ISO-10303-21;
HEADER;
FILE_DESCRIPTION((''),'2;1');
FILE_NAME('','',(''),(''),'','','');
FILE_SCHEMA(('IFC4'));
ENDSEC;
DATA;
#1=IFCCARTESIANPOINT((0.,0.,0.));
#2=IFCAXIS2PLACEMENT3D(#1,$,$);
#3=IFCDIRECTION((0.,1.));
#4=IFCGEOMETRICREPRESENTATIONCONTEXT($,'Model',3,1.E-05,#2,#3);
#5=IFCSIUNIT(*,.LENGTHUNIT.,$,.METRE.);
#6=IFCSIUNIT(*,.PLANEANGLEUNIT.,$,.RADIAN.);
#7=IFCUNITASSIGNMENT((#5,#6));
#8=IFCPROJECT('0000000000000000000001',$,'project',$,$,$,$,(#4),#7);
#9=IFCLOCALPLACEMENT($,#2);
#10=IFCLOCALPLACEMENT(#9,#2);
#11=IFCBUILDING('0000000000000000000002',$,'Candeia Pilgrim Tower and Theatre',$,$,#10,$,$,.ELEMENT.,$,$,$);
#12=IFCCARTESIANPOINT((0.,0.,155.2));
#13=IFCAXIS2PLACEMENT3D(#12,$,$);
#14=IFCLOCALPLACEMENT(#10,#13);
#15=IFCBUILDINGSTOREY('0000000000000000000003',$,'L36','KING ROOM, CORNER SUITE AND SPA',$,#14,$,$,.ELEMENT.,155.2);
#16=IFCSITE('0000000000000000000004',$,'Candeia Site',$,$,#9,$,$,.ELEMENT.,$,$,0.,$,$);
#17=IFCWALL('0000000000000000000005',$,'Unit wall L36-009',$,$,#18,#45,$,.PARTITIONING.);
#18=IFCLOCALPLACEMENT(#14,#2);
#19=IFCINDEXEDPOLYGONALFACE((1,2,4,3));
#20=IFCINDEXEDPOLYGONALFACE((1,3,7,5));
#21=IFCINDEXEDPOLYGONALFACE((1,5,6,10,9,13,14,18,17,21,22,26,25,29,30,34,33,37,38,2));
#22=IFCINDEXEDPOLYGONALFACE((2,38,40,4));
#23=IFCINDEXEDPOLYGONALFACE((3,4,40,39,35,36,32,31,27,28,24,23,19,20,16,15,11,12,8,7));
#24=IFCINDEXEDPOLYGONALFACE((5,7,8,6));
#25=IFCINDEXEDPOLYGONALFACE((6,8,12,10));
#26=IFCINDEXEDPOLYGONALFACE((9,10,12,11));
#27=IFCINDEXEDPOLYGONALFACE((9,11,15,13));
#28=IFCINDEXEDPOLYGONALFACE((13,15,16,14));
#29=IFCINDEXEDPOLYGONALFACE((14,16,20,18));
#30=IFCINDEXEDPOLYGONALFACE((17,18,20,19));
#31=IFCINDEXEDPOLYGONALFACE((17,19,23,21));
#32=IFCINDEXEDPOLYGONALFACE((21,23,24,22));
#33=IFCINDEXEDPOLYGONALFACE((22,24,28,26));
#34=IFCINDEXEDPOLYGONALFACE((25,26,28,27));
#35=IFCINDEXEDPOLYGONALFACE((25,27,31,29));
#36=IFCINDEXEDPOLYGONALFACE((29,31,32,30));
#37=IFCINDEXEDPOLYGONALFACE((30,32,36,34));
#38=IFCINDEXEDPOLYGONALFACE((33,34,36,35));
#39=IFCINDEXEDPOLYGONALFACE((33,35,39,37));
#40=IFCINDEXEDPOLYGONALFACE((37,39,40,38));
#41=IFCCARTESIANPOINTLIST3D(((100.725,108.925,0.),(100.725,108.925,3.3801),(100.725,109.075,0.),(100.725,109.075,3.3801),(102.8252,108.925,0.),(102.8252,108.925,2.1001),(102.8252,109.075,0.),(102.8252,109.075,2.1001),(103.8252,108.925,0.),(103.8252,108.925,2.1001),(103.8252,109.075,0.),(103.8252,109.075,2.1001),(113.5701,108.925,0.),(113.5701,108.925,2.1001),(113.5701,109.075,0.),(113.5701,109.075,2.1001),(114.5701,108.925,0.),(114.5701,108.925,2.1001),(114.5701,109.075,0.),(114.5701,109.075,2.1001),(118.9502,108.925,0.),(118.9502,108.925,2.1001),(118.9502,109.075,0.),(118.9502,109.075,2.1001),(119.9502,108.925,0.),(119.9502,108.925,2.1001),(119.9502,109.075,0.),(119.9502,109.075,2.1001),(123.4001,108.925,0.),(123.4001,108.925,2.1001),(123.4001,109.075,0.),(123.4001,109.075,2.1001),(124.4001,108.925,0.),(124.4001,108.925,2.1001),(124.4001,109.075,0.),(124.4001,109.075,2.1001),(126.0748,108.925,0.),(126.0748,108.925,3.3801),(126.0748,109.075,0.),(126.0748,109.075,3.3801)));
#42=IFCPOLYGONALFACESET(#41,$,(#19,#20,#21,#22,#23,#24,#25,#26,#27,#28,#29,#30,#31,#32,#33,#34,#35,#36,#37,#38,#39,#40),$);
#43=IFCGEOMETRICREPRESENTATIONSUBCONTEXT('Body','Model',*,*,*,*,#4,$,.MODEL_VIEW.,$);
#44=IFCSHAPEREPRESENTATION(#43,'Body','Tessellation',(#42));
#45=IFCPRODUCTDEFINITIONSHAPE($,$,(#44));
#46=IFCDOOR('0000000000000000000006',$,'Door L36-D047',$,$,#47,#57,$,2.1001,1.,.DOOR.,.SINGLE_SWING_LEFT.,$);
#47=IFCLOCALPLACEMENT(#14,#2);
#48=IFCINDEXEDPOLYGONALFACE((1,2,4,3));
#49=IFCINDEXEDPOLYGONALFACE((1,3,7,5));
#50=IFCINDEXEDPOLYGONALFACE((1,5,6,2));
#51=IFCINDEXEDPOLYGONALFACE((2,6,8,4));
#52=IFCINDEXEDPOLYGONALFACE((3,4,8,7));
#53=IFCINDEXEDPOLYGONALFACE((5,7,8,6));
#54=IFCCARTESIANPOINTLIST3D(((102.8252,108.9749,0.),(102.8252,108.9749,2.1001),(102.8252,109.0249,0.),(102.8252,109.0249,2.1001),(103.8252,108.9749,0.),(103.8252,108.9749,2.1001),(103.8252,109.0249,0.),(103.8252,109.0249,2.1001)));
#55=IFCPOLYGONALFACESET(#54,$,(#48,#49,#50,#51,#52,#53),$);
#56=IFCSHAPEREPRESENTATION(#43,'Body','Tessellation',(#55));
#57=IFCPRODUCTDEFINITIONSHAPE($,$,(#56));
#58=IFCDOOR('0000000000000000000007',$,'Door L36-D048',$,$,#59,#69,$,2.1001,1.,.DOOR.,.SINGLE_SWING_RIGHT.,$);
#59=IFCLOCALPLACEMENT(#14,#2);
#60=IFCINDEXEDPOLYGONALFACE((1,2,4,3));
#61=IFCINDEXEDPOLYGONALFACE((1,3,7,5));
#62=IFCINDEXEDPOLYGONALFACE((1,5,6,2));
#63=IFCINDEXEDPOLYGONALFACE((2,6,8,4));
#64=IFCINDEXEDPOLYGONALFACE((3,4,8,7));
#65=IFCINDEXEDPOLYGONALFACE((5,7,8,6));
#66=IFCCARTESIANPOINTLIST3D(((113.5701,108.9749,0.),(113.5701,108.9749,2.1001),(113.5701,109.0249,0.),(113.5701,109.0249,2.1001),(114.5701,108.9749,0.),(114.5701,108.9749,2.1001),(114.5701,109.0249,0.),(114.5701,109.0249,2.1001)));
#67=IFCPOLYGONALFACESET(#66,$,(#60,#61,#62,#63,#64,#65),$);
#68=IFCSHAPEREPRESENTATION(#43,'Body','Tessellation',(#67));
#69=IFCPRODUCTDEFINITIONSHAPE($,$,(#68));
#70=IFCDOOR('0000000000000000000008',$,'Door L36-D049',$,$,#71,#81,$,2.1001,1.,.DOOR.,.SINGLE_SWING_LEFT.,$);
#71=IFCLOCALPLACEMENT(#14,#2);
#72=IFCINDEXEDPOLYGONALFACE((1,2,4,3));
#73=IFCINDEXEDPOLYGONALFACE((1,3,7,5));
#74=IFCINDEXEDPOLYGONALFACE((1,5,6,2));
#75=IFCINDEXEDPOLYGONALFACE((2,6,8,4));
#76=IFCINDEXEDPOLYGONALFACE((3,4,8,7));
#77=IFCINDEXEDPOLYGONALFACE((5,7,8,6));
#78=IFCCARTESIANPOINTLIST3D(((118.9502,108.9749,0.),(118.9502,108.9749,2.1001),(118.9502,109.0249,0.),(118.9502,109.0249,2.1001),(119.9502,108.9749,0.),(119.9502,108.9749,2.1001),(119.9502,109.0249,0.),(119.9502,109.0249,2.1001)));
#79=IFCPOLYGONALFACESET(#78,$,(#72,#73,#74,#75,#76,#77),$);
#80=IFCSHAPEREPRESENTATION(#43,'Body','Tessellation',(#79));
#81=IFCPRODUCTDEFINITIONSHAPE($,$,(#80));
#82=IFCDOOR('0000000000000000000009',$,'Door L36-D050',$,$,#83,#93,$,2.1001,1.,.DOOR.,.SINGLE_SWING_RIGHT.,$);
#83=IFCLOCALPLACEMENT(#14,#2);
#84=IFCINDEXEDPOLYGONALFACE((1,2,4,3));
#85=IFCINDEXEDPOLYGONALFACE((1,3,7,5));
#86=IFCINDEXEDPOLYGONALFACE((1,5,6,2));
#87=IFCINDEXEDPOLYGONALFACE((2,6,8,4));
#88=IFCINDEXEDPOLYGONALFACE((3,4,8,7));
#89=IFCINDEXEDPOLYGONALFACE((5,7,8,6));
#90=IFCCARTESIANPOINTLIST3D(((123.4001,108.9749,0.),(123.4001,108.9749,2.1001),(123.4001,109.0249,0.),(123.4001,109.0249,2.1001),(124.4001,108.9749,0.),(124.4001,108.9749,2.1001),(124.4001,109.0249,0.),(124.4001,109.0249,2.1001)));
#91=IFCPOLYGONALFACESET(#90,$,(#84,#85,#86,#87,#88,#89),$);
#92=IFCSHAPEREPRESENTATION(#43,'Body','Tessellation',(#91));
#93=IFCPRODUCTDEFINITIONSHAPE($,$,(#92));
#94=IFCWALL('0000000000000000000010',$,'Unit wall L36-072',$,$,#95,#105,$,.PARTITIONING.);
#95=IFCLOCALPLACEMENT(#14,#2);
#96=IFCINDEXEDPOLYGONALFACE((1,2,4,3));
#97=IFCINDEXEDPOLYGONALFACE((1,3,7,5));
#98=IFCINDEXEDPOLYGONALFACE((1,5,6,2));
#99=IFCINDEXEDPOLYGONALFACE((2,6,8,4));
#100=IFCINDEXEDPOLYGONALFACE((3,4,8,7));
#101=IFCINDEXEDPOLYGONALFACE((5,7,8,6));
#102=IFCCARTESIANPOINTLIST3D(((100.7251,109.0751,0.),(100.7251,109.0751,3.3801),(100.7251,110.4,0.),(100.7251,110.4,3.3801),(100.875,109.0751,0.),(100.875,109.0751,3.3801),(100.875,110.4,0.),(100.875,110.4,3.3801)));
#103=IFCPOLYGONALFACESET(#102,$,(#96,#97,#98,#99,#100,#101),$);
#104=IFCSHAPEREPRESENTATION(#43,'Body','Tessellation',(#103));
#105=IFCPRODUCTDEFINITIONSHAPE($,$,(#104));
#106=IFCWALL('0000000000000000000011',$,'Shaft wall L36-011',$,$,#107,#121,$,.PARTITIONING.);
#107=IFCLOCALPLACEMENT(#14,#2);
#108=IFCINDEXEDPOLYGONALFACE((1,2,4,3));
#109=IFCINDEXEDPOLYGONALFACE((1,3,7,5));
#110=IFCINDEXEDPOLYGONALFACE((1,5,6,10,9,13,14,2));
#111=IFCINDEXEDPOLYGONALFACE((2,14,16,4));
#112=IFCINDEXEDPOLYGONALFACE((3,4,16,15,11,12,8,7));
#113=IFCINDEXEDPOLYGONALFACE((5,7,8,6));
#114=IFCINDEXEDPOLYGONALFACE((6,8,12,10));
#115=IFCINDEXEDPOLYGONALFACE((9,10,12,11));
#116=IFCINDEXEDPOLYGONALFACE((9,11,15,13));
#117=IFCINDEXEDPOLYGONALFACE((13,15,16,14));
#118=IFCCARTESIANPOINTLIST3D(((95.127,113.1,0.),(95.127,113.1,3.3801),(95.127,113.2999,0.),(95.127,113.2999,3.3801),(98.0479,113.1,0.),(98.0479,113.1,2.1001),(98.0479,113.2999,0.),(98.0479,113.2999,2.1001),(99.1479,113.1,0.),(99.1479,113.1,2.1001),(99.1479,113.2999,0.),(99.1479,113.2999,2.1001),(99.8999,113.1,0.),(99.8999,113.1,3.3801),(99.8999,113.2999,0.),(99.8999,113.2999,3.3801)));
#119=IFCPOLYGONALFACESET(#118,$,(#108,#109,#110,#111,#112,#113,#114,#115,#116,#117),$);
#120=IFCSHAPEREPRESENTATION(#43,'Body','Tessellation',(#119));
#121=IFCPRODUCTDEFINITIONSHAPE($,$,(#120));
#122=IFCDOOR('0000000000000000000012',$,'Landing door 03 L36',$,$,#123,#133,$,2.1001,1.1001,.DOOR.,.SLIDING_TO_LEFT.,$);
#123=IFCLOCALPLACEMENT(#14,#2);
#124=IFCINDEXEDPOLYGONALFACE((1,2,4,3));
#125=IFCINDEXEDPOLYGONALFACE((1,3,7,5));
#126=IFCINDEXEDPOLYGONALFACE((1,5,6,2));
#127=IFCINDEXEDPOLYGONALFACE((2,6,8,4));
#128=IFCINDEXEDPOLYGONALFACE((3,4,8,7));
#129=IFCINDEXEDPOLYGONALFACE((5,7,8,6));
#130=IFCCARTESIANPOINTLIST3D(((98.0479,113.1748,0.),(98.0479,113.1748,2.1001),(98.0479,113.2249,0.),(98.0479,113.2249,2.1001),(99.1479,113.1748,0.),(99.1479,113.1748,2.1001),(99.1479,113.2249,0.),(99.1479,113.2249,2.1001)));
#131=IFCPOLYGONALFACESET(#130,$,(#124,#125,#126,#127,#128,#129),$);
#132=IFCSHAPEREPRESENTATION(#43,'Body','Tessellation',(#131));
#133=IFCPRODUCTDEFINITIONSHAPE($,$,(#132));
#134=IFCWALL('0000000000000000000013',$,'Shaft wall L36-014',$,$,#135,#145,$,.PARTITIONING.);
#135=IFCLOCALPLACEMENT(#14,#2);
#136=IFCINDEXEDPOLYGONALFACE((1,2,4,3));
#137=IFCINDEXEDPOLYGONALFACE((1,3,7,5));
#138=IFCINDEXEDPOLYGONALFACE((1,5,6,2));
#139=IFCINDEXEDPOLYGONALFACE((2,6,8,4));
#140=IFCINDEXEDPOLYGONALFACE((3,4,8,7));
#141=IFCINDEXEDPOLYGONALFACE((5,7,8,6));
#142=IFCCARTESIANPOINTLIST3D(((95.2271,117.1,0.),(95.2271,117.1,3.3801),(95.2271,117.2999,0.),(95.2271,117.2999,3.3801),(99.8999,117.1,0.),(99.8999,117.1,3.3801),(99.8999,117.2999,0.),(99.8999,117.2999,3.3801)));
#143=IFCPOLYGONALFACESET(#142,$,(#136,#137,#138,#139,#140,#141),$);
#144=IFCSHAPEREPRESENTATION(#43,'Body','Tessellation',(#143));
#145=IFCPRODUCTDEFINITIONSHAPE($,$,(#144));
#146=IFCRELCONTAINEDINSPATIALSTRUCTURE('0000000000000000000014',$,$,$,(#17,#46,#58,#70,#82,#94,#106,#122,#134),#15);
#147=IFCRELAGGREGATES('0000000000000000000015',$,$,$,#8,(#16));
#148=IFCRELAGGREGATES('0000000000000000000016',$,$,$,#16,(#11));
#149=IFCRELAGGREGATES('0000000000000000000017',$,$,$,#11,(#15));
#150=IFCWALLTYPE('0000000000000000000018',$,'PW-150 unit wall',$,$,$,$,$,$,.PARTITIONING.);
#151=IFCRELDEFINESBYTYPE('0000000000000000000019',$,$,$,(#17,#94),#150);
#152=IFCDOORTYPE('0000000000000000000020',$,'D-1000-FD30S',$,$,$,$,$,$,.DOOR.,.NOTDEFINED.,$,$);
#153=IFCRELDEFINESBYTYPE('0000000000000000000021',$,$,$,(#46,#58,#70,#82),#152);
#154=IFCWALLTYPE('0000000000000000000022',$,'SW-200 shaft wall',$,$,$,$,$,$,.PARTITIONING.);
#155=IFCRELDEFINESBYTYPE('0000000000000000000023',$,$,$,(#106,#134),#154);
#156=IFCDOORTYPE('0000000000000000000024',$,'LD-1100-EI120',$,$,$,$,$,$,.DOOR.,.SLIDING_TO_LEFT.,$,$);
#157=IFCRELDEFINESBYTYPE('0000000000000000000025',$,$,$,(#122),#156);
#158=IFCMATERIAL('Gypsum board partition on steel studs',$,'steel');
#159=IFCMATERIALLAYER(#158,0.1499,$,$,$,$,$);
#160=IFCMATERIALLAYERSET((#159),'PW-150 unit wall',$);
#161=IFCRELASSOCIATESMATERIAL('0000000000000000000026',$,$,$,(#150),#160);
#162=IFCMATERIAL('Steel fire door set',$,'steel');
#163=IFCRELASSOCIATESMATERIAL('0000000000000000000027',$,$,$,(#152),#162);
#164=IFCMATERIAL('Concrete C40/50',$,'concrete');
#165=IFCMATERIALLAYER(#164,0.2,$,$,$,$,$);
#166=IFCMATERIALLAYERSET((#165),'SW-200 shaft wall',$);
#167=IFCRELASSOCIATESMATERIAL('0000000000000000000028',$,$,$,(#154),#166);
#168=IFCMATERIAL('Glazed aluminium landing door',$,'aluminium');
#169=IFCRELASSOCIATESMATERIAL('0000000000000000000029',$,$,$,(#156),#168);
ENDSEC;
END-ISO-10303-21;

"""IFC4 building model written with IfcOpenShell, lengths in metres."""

from ifc_helpers import new_model, si_unit, direction, frame, frame_2d, origin, place, context, subcontext, project, spatial, rectangle, extrude, material, layer, layer_set, type_object, element, fill, save


model = new_model("IFC4")

# Units and contexts
model_context = context("Model", 3, precision=1e-05, world=origin(), true_north=direction((0.0, 1.0)))
body_context = subcontext(model_context, "Body", "Model", "MODEL_VIEW")
ifc_project = project(units=[si_unit("LENGTHUNIT", "METRE"), si_unit("PLANEANGLEUNIT", "RADIAN")], contexts=[model_context])

# Site, building, storey
site_placement = place(None, origin())
site = spatial("IfcSite", under=ifc_project, at=site_placement, Name="Candeia Site", CompositionType="ELEMENT", RefElevation=0.0)
building_placement = place(site_placement, origin())
building = spatial("IfcBuilding", under=site, at=building_placement, Name="Candeia Pilgrim Tower and Theatre", CompositionType="ELEMENT")
storey_placement = place(building_placement, frame((0.0, 0.0, 155.2)))
storey = spatial("IfcBuildingStorey", under=building, at=storey_placement, Name="L36", Description="KING ROOM, CORNER SUITE AND SPA", CompositionType="ELEMENT", Elevation=155.2)

# Shared definitions
ifc_material_1 = material(Name="Steel fire door set", Category="steel")

# Shared definitions
ifc_material_2 = material(Name="Gypsum board partition on steel studs", Category="steel")

# Wall, openings, doors
ifc_layer_1 = layer(ifc_material_2, 0.1499)
ifc_layer_set_1 = layer_set([ifc_layer_1], Name="PW-150 unit wall")
wall_type_1 = type_object("IfcWallType", Name="PW-150 unit wall", PredefinedType="PARTITIONING", material=ifc_layer_set_1)
wall_1_placement = place(storey_placement, frame((100.7251, 109.0, 0.0), z_axis=(0.0, 0.0, 1.0), x_axis=(1.0, 0.0, 0.0)))
wall_1 = element("IfcWall", 1, at=wall_1_placement, inside=storey, type_object=wall_type_1, Name="Unit wall L36-009", PredefinedType="PARTITIONING", context=body_context, shape_type="SweptSolid", body=[
    extrude(rectangle(XDim=25.3499, YDim=0.1499, at=frame_2d((12.6748, 0.0))), origin(), (0.0, 0.0, 1.0), 3.3801),
])
opening_1_placement = place(wall_1_placement, frame((2.1001, 0.0, 0.0)))
opening_1 = element("IfcOpeningElement", 2, at=opening_1_placement, cuts=wall_1, PredefinedType="OPENING", context=body_context, shape_type="SweptSolid", body=[
    extrude(rectangle(XDim=1.0, YDim=2.1001, at=frame_2d((0.5, 1.05))), frame((0.0, 0.085, 0.0), z_axis=(0.0, -1.0, 0.0), x_axis=(1.0, 0.0, 0.0)), (0.0, 0.0, 1.0), 0.1699),
])
opening_2_placement = place(wall_1_placement, frame((12.845, 0.0, 0.0)))
opening_2 = element("IfcOpeningElement", 3, at=opening_2_placement, cuts=wall_1, PredefinedType="OPENING", context=body_context, shape_type="SweptSolid", body=[
    extrude(rectangle(XDim=1.0, YDim=2.1001, at=frame_2d((0.5, 1.05))), frame((0.0, 0.085, 0.0), z_axis=(0.0, -1.0, 0.0), x_axis=(1.0, 0.0, 0.0)), (0.0, 0.0, 1.0), 0.1699),
])
opening_3_placement = place(wall_1_placement, frame((18.2251, 0.0, 0.0)))
opening_3 = element("IfcOpeningElement", 4, at=opening_3_placement, cuts=wall_1, PredefinedType="OPENING", context=body_context, shape_type="SweptSolid", body=[
    extrude(rectangle(XDim=1.0, YDim=2.1001, at=frame_2d((0.5, 1.05))), frame((0.0, 0.085, 0.0), z_axis=(0.0, -1.0, 0.0), x_axis=(1.0, 0.0, 0.0)), (0.0, 0.0, 1.0), 0.1699),
])
opening_4_placement = place(wall_1_placement, frame((22.675, 0.0, 0.0)))
opening_4 = element("IfcOpeningElement", 5, at=opening_4_placement, cuts=wall_1, PredefinedType="OPENING", context=body_context, shape_type="SweptSolid", body=[
    extrude(rectangle(XDim=1.0, YDim=2.1001, at=frame_2d((0.5, 1.05))), frame((0.0, 0.085, 0.0), z_axis=(0.0, -1.0, 0.0), x_axis=(1.0, 0.0, 0.0)), (0.0, 0.0, 1.0), 0.1699),
])
door_type_1 = type_object("IfcDoorType", Name="D-1000-FD30S", OperationType="NOTDEFINED", PredefinedType="DOOR", material=ifc_material_1)
door_1_placement = place(opening_1_placement, origin())
door_1 = element("IfcDoor", 6, at=door_1_placement, inside=storey, type_object=door_type_1, Name="Door L36-D047", OperationType="SINGLE_SWING_LEFT", OverallHeight=2.1001, OverallWidth=1.0, PredefinedType="DOOR", context=body_context, shape_type="SweptSolid", body=[
    extrude(rectangle(XDim=1.0, YDim=2.1001, at=frame_2d((0.5, 1.05))), frame((0.0, 0.0249, 0.0), z_axis=(0.0, -1.0, 0.0), x_axis=(1.0, 0.0, 0.0)), (0.0, 0.0, 1.0), 0.05),
])
fill(opening_1, door_1)
door_2_placement = place(opening_2_placement, origin())
door_2 = element("IfcDoor", 7, at=door_2_placement, inside=storey, type_object=door_type_1, Name="Door L36-D048", OperationType="SINGLE_SWING_RIGHT", OverallHeight=2.1001, OverallWidth=1.0, PredefinedType="DOOR", context=body_context, shape_type="SweptSolid", body=[
    extrude(rectangle(XDim=1.0, YDim=2.1001, at=frame_2d((0.5, 1.05))), frame((0.0, 0.0249, 0.0), z_axis=(0.0, -1.0, 0.0), x_axis=(1.0, 0.0, 0.0)), (0.0, 0.0, 1.0), 0.05),
])
fill(opening_2, door_2)
door_3_placement = place(opening_3_placement, origin())
door_3 = element("IfcDoor", 8, at=door_3_placement, inside=storey, type_object=door_type_1, Name="Door L36-D049", OperationType="SINGLE_SWING_LEFT", OverallHeight=2.1001, OverallWidth=1.0, PredefinedType="DOOR", context=body_context, shape_type="SweptSolid", body=[
    extrude(rectangle(XDim=1.0, YDim=2.1001, at=frame_2d((0.5, 1.05))), frame((0.0, 0.0249, 0.0), z_axis=(0.0, -1.0, 0.0), x_axis=(1.0, 0.0, 0.0)), (0.0, 0.0, 1.0), 0.05),
])
fill(opening_3, door_3)
door_4_placement = place(opening_4_placement, origin())
door_4 = element("IfcDoor", 9, at=door_4_placement, inside=storey, type_object=door_type_1, Name="Door L36-D050", OperationType="SINGLE_SWING_RIGHT", OverallHeight=2.1001, OverallWidth=1.0, PredefinedType="DOOR", context=body_context, shape_type="SweptSolid", body=[
    extrude(rectangle(XDim=1.0, YDim=2.1001, at=frame_2d((0.5, 1.05))), frame((0.0, 0.0249, 0.0), z_axis=(0.0, -1.0, 0.0), x_axis=(1.0, 0.0, 0.0)), (0.0, 0.0, 1.0), 0.05),
])
fill(opening_4, door_4)

# Wall
wall_2_placement = place(storey_placement, frame((100.8, 109.075, 0.0), z_axis=(0.0, 0.0, 1.0), x_axis=(0.0, 1.0, 0.0)))
element("IfcWall", 10, at=wall_2_placement, inside=storey, type_object=wall_type_1, Name="Unit wall L36-072", PredefinedType="PARTITIONING", context=body_context, shape_type="SweptSolid", body=[
    extrude(rectangle(XDim=1.325, YDim=0.1499, at=frame_2d((0.6626, 0.0))), origin(), (0.0, 0.0, 1.0), 3.3801),
])

# Wall, opening, door
ifc_material_3 = material(Name="Concrete C40/50", Category="concrete")
ifc_layer_2 = layer(ifc_material_3, 0.2)
ifc_layer_set_2 = layer_set([ifc_layer_2], Name="SW-200 shaft wall")
wall_type_2 = type_object("IfcWallType", Name="SW-200 shaft wall", PredefinedType="PARTITIONING", material=ifc_layer_set_2)
wall_3_placement = place(storey_placement, frame((95.127, 113.2, 0.0), z_axis=(0.0, 0.0, 1.0), x_axis=(1.0, 0.0, 0.0)))
wall_3 = element("IfcWall", 11, at=wall_3_placement, inside=storey, type_object=wall_type_2, Name="Shaft wall L36-011", PredefinedType="PARTITIONING", context=body_context, shape_type="SweptSolid", body=[
    extrude(rectangle(XDim=4.7729, YDim=0.2, at=frame_2d((2.3865, 0.0))), origin(), (0.0, 0.0, 1.0), 3.3801),
])
opening_5_placement = place(wall_3_placement, frame((2.9209, 0.0, 0.0)))
opening_5 = element("IfcOpeningElement", 12, at=opening_5_placement, cuts=wall_3, PredefinedType="OPENING", context=body_context, shape_type="SweptSolid", body=[
    extrude(rectangle(XDim=1.1001, YDim=2.1001, at=frame_2d((0.55, 1.05))), frame((0.0, 0.1099, 0.0), z_axis=(0.0, -1.0, 0.0), x_axis=(1.0, 0.0, 0.0)), (0.0, 0.0, 1.0), 0.22),
])
ifc_material_4 = material(Name="Glazed aluminium landing door", Category="aluminium")
door_type_2 = type_object("IfcDoorType", Name="LD-1100-EI120", OperationType="SLIDING_TO_LEFT", PredefinedType="DOOR", material=ifc_material_4)
door_5_placement = place(opening_5_placement, origin())
door_5 = element("IfcDoor", 13, at=door_5_placement, inside=storey, type_object=door_type_2, Name="Landing door 03 L36", OperationType="SLIDING_TO_LEFT", OverallHeight=2.1001, OverallWidth=1.1001, PredefinedType="DOOR", context=body_context, shape_type="SweptSolid", body=[
    extrude(rectangle(XDim=1.1001, YDim=2.1001, at=frame_2d((0.55, 1.05))), frame((0.0, 0.0249, 0.0), z_axis=(0.0, -1.0, 0.0), x_axis=(1.0, 0.0, 0.0)), (0.0, 0.0, 1.0), 0.05),
])
fill(opening_5, door_5)

# Wall
wall_4_placement = place(storey_placement, frame((95.2271, 117.2, 0.0), z_axis=(0.0, 0.0, 1.0), x_axis=(1.0, 0.0, 0.0)))
element("IfcWall", 14, at=wall_4_placement, inside=storey, type_object=wall_type_2, Name="Shaft wall L36-014", PredefinedType="PARTITIONING", context=body_context, shape_type="SweptSolid", body=[
    extrude(rectangle(XDim=4.6729, YDim=0.2, at=frame_2d((2.3364, 0.0))), origin(), (0.0, 0.0, 1.0), 3.3801),
])

save(model, "model.ifc")
